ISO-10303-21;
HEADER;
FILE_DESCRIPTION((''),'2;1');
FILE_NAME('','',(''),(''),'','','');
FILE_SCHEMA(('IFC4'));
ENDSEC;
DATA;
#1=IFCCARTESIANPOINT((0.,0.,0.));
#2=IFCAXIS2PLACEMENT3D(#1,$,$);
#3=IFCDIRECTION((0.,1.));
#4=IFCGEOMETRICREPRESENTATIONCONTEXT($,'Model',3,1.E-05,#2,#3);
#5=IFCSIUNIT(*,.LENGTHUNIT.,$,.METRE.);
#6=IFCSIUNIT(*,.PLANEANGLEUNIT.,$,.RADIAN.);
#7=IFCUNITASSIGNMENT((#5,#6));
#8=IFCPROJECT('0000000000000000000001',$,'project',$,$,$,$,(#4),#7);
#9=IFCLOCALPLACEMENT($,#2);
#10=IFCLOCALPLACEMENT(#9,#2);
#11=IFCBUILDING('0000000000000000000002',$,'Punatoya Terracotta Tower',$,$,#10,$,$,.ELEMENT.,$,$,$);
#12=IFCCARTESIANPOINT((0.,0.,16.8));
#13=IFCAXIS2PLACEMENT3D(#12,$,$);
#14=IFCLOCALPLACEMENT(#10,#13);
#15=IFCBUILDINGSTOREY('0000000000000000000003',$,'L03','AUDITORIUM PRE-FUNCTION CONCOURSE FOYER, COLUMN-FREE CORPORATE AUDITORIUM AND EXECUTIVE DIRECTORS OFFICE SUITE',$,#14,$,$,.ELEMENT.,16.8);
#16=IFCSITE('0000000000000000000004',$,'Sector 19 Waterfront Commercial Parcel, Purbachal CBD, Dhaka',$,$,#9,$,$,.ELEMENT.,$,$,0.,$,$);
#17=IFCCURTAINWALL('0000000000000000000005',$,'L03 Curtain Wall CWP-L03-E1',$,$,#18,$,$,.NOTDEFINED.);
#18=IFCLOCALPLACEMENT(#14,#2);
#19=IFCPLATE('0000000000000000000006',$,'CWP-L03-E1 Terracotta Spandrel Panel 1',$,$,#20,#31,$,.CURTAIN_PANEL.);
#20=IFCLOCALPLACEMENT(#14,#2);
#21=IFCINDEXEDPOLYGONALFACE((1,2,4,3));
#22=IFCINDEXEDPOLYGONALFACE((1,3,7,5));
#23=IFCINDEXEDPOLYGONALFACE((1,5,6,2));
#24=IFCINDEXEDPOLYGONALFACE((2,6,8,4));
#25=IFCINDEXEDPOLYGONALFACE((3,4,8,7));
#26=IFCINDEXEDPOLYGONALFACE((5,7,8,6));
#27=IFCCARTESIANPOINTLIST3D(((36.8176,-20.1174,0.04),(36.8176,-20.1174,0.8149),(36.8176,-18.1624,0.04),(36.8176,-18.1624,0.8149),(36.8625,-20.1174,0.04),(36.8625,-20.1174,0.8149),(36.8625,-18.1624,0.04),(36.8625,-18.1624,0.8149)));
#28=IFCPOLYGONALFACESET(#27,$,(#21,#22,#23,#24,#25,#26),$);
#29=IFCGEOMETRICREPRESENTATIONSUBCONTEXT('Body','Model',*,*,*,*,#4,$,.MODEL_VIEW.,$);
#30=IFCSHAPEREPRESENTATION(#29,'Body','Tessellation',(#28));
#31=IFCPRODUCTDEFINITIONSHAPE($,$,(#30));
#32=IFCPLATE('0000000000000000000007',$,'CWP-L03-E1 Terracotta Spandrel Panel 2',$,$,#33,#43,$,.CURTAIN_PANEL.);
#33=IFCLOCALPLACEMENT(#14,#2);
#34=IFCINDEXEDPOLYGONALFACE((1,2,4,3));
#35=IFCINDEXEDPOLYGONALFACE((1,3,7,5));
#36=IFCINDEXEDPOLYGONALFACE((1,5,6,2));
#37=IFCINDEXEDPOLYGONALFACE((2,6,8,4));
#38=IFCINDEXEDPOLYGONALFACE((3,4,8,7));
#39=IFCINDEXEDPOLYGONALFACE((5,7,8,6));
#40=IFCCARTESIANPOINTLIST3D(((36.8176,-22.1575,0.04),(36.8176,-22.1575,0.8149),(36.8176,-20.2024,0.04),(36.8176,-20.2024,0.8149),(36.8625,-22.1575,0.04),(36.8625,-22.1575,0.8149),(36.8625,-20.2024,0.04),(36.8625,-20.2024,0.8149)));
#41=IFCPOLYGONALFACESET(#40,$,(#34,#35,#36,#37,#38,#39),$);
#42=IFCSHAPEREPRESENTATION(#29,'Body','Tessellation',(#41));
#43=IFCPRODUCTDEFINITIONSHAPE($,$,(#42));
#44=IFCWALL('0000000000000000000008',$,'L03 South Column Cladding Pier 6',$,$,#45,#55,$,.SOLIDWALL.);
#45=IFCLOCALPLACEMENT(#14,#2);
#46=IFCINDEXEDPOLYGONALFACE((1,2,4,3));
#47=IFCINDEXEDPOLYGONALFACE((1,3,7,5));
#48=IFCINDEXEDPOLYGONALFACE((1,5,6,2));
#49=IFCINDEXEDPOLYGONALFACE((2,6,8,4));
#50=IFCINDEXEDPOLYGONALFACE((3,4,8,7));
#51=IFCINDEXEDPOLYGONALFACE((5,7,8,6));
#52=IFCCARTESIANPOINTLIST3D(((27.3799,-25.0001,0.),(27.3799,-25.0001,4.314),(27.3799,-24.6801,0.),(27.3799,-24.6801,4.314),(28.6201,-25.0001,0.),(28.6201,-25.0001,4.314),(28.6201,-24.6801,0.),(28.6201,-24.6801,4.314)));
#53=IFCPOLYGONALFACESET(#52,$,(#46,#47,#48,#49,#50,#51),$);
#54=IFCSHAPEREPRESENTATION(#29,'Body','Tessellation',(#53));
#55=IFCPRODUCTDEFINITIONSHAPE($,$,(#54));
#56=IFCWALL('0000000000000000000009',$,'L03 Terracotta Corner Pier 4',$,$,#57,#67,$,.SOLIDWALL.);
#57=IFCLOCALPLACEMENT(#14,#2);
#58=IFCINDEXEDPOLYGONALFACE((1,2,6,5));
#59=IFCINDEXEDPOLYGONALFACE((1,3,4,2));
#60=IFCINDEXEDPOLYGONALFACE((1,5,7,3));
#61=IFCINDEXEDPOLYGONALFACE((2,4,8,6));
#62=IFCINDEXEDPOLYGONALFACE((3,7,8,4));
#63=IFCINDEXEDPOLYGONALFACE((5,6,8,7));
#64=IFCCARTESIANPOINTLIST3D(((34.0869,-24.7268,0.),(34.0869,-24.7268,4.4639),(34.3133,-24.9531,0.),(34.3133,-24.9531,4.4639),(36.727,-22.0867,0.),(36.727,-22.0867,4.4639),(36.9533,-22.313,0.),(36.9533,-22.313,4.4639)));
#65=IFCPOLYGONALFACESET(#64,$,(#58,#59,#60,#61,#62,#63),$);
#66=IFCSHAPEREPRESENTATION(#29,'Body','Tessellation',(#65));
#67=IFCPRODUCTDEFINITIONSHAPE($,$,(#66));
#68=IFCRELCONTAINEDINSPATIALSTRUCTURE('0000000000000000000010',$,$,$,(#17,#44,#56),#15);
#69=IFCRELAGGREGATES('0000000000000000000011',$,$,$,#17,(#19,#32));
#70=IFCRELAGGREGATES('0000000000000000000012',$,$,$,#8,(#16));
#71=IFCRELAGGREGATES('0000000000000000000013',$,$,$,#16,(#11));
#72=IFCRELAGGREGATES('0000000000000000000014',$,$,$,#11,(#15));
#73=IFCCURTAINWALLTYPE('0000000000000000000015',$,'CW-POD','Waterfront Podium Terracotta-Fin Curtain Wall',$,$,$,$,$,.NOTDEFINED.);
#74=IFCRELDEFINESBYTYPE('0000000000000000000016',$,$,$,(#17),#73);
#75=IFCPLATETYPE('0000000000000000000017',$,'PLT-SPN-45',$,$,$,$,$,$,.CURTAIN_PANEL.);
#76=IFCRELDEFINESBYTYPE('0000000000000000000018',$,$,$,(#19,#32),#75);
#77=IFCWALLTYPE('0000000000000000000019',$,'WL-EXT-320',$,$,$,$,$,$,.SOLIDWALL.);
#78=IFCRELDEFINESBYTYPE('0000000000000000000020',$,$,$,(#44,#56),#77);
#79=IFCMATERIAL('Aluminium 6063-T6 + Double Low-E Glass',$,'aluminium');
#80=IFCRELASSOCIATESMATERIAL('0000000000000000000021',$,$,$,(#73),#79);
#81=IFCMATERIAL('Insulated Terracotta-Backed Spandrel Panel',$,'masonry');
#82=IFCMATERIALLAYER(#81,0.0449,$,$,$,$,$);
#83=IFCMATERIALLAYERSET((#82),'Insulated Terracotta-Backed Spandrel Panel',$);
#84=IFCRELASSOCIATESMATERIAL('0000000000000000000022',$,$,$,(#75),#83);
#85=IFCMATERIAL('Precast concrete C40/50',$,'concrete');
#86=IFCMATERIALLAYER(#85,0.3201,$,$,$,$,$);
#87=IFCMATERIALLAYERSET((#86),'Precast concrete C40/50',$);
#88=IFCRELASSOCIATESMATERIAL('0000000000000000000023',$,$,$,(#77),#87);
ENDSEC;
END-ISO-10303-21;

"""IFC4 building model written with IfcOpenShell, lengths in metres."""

from ifc_helpers import new_model, si_unit, direction, frame, frame_2d, origin, origin_2d, place, context, subcontext, project, spatial, rectangle, extrude, material, layer, layer_set, type_object, element, aggregate, save


model = new_model("IFC4")

# Units and contexts
model_context = context("Model", 3, precision=1e-05, world=origin(), true_north=direction((0.0, 1.0)))
body_context = subcontext(model_context, "Body", "Model", "MODEL_VIEW")
ifc_project = project(units=[si_unit("LENGTHUNIT", "METRE"), si_unit("PLANEANGLEUNIT", "RADIAN")], contexts=[model_context])

# Site, building, storey
site_placement = place(None, origin())
site = spatial("IfcSite", under=ifc_project, at=site_placement, Name="Sector 19 Waterfront Commercial Parcel, Purbachal CBD, Dhaka", CompositionType="ELEMENT", RefElevation=0.0)
building_placement = place(site_placement, origin())
building = spatial("IfcBuilding", under=site, at=building_placement, Name="Punatoya Terracotta Tower", CompositionType="ELEMENT")
storey_placement = place(building_placement, frame((0.0, 0.0, 16.8)))
storey = spatial("IfcBuildingStorey", under=building, at=storey_placement, Name="L03", Description="AUDITORIUM PRE-FUNCTION CONCOURSE FOYER, COLUMN-FREE CORPORATE AUDITORIUM AND EXECUTIVE DIRECTORS OFFICE SUITE", CompositionType="ELEMENT", Elevation=16.8)

# Curtain wall
ifc_material_1 = material(Name="Aluminium 6063-T6 + Double Low-E Glass", Category="aluminium")
curtain_wall_type = type_object("IfcCurtainWallType", Name="CW-POD", Description="Waterfront Podium Terracotta-Fin Curtain Wall", PredefinedType="NOTDEFINED", material=ifc_material_1)
curtain_wall_1_placement = place(storey_placement, origin())
curtain_wall_1 = element("IfcCurtainWall", 1, at=curtain_wall_1_placement, inside=storey, type_object=curtain_wall_type, Name="L03 Curtain Wall CWP-L03-E1", PredefinedType="NOTDEFINED")

# Plates
ifc_material_2 = material(Name="Insulated Terracotta-Backed Spandrel Panel", Category="masonry")
ifc_layer_1 = layer(ifc_material_2, 0.0449)
ifc_layer_set_1 = layer_set([ifc_layer_1], Name="Insulated Terracotta-Backed Spandrel Panel")
plate_type_1 = type_object("IfcPlateType", Name="PLT-SPN-45", PredefinedType="CURTAIN_PANEL", material=ifc_layer_set_1)
plate_1_placement = place(storey_placement, frame((36.8401, -19.1399, 0.04), z_axis=(0.0, 0.0, 1.0), x_axis=(0.0, -1.0, 0.0)))
plate_1 = element("IfcPlate", 2, at=plate_1_placement, type_object=plate_type_1, Name="CWP-L03-E1 Terracotta Spandrel Panel 1", PredefinedType="CURTAIN_PANEL", context=body_context, shape_type="SweptSolid", body=[
    extrude(rectangle(XDim=1.9551, YDim=0.0449, at=origin_2d()), origin(), (0.0, 0.0, 1.0), 0.7749),
])
plate_2_placement = place(storey_placement, frame((36.8401, -21.1799, 0.04), z_axis=(0.0, 0.0, 1.0), x_axis=(0.0, -1.0, 0.0)))
plate_2 = element("IfcPlate", 3, at=plate_2_placement, type_object=plate_type_1, Name="CWP-L03-E1 Terracotta Spandrel Panel 2", PredefinedType="CURTAIN_PANEL", context=body_context, shape_type="SweptSolid", body=[
    extrude(rectangle(XDim=1.9551, YDim=0.0449, at=origin_2d()), origin(), (0.0, 0.0, 1.0), 0.7749),
])
aggregate(curtain_wall_1, [plate_1, plate_2])

# Walls
ifc_material_3 = material(Name="Precast concrete C40/50", Category="concrete")
ifc_layer_2 = layer(ifc_material_3, 0.3201)
ifc_layer_set_2 = layer_set([ifc_layer_2], Name="Precast concrete C40/50")
wall_type = type_object("IfcWallType", Name="WL-EXT-320", PredefinedType="SOLIDWALL", material=ifc_layer_set_2)
wall_1_placement = place(storey_placement, frame((27.3799, -24.8401, 0.0), z_axis=(0.0, 0.0, 1.0), x_axis=(1.0, 0.0, 0.0)))
element("IfcWall", 4, at=wall_1_placement, inside=storey, type_object=wall_type, Name="L03 South Column Cladding Pier 6", PredefinedType="SOLIDWALL", context=body_context, shape_type="SweptSolid", body=[
    extrude(rectangle(XDim=1.2402, YDim=0.3201, at=frame_2d((0.6201, 0.0))), origin(), (0.0, 0.0, 1.0), 4.314),
])
wall_2_placement = place(storey_placement, frame((36.8401, -22.2, 0.0), z_axis=(0.0, 0.0, 1.0), x_axis=(-0.707107, -0.707107, 0.0)))
element("IfcWall", 5, at=wall_2_placement, inside=storey, type_object=wall_type, Name="L03 Terracotta Corner Pier 4", PredefinedType="SOLIDWALL", context=body_context, shape_type="SweptSolid", body=[
    extrude(rectangle(XDim=3.7336, YDim=0.3201, at=frame_2d((1.8667, 0.0))), origin(), (0.0, 0.0, 1.0), 4.4639),
])

save(model, "model.ifc")
